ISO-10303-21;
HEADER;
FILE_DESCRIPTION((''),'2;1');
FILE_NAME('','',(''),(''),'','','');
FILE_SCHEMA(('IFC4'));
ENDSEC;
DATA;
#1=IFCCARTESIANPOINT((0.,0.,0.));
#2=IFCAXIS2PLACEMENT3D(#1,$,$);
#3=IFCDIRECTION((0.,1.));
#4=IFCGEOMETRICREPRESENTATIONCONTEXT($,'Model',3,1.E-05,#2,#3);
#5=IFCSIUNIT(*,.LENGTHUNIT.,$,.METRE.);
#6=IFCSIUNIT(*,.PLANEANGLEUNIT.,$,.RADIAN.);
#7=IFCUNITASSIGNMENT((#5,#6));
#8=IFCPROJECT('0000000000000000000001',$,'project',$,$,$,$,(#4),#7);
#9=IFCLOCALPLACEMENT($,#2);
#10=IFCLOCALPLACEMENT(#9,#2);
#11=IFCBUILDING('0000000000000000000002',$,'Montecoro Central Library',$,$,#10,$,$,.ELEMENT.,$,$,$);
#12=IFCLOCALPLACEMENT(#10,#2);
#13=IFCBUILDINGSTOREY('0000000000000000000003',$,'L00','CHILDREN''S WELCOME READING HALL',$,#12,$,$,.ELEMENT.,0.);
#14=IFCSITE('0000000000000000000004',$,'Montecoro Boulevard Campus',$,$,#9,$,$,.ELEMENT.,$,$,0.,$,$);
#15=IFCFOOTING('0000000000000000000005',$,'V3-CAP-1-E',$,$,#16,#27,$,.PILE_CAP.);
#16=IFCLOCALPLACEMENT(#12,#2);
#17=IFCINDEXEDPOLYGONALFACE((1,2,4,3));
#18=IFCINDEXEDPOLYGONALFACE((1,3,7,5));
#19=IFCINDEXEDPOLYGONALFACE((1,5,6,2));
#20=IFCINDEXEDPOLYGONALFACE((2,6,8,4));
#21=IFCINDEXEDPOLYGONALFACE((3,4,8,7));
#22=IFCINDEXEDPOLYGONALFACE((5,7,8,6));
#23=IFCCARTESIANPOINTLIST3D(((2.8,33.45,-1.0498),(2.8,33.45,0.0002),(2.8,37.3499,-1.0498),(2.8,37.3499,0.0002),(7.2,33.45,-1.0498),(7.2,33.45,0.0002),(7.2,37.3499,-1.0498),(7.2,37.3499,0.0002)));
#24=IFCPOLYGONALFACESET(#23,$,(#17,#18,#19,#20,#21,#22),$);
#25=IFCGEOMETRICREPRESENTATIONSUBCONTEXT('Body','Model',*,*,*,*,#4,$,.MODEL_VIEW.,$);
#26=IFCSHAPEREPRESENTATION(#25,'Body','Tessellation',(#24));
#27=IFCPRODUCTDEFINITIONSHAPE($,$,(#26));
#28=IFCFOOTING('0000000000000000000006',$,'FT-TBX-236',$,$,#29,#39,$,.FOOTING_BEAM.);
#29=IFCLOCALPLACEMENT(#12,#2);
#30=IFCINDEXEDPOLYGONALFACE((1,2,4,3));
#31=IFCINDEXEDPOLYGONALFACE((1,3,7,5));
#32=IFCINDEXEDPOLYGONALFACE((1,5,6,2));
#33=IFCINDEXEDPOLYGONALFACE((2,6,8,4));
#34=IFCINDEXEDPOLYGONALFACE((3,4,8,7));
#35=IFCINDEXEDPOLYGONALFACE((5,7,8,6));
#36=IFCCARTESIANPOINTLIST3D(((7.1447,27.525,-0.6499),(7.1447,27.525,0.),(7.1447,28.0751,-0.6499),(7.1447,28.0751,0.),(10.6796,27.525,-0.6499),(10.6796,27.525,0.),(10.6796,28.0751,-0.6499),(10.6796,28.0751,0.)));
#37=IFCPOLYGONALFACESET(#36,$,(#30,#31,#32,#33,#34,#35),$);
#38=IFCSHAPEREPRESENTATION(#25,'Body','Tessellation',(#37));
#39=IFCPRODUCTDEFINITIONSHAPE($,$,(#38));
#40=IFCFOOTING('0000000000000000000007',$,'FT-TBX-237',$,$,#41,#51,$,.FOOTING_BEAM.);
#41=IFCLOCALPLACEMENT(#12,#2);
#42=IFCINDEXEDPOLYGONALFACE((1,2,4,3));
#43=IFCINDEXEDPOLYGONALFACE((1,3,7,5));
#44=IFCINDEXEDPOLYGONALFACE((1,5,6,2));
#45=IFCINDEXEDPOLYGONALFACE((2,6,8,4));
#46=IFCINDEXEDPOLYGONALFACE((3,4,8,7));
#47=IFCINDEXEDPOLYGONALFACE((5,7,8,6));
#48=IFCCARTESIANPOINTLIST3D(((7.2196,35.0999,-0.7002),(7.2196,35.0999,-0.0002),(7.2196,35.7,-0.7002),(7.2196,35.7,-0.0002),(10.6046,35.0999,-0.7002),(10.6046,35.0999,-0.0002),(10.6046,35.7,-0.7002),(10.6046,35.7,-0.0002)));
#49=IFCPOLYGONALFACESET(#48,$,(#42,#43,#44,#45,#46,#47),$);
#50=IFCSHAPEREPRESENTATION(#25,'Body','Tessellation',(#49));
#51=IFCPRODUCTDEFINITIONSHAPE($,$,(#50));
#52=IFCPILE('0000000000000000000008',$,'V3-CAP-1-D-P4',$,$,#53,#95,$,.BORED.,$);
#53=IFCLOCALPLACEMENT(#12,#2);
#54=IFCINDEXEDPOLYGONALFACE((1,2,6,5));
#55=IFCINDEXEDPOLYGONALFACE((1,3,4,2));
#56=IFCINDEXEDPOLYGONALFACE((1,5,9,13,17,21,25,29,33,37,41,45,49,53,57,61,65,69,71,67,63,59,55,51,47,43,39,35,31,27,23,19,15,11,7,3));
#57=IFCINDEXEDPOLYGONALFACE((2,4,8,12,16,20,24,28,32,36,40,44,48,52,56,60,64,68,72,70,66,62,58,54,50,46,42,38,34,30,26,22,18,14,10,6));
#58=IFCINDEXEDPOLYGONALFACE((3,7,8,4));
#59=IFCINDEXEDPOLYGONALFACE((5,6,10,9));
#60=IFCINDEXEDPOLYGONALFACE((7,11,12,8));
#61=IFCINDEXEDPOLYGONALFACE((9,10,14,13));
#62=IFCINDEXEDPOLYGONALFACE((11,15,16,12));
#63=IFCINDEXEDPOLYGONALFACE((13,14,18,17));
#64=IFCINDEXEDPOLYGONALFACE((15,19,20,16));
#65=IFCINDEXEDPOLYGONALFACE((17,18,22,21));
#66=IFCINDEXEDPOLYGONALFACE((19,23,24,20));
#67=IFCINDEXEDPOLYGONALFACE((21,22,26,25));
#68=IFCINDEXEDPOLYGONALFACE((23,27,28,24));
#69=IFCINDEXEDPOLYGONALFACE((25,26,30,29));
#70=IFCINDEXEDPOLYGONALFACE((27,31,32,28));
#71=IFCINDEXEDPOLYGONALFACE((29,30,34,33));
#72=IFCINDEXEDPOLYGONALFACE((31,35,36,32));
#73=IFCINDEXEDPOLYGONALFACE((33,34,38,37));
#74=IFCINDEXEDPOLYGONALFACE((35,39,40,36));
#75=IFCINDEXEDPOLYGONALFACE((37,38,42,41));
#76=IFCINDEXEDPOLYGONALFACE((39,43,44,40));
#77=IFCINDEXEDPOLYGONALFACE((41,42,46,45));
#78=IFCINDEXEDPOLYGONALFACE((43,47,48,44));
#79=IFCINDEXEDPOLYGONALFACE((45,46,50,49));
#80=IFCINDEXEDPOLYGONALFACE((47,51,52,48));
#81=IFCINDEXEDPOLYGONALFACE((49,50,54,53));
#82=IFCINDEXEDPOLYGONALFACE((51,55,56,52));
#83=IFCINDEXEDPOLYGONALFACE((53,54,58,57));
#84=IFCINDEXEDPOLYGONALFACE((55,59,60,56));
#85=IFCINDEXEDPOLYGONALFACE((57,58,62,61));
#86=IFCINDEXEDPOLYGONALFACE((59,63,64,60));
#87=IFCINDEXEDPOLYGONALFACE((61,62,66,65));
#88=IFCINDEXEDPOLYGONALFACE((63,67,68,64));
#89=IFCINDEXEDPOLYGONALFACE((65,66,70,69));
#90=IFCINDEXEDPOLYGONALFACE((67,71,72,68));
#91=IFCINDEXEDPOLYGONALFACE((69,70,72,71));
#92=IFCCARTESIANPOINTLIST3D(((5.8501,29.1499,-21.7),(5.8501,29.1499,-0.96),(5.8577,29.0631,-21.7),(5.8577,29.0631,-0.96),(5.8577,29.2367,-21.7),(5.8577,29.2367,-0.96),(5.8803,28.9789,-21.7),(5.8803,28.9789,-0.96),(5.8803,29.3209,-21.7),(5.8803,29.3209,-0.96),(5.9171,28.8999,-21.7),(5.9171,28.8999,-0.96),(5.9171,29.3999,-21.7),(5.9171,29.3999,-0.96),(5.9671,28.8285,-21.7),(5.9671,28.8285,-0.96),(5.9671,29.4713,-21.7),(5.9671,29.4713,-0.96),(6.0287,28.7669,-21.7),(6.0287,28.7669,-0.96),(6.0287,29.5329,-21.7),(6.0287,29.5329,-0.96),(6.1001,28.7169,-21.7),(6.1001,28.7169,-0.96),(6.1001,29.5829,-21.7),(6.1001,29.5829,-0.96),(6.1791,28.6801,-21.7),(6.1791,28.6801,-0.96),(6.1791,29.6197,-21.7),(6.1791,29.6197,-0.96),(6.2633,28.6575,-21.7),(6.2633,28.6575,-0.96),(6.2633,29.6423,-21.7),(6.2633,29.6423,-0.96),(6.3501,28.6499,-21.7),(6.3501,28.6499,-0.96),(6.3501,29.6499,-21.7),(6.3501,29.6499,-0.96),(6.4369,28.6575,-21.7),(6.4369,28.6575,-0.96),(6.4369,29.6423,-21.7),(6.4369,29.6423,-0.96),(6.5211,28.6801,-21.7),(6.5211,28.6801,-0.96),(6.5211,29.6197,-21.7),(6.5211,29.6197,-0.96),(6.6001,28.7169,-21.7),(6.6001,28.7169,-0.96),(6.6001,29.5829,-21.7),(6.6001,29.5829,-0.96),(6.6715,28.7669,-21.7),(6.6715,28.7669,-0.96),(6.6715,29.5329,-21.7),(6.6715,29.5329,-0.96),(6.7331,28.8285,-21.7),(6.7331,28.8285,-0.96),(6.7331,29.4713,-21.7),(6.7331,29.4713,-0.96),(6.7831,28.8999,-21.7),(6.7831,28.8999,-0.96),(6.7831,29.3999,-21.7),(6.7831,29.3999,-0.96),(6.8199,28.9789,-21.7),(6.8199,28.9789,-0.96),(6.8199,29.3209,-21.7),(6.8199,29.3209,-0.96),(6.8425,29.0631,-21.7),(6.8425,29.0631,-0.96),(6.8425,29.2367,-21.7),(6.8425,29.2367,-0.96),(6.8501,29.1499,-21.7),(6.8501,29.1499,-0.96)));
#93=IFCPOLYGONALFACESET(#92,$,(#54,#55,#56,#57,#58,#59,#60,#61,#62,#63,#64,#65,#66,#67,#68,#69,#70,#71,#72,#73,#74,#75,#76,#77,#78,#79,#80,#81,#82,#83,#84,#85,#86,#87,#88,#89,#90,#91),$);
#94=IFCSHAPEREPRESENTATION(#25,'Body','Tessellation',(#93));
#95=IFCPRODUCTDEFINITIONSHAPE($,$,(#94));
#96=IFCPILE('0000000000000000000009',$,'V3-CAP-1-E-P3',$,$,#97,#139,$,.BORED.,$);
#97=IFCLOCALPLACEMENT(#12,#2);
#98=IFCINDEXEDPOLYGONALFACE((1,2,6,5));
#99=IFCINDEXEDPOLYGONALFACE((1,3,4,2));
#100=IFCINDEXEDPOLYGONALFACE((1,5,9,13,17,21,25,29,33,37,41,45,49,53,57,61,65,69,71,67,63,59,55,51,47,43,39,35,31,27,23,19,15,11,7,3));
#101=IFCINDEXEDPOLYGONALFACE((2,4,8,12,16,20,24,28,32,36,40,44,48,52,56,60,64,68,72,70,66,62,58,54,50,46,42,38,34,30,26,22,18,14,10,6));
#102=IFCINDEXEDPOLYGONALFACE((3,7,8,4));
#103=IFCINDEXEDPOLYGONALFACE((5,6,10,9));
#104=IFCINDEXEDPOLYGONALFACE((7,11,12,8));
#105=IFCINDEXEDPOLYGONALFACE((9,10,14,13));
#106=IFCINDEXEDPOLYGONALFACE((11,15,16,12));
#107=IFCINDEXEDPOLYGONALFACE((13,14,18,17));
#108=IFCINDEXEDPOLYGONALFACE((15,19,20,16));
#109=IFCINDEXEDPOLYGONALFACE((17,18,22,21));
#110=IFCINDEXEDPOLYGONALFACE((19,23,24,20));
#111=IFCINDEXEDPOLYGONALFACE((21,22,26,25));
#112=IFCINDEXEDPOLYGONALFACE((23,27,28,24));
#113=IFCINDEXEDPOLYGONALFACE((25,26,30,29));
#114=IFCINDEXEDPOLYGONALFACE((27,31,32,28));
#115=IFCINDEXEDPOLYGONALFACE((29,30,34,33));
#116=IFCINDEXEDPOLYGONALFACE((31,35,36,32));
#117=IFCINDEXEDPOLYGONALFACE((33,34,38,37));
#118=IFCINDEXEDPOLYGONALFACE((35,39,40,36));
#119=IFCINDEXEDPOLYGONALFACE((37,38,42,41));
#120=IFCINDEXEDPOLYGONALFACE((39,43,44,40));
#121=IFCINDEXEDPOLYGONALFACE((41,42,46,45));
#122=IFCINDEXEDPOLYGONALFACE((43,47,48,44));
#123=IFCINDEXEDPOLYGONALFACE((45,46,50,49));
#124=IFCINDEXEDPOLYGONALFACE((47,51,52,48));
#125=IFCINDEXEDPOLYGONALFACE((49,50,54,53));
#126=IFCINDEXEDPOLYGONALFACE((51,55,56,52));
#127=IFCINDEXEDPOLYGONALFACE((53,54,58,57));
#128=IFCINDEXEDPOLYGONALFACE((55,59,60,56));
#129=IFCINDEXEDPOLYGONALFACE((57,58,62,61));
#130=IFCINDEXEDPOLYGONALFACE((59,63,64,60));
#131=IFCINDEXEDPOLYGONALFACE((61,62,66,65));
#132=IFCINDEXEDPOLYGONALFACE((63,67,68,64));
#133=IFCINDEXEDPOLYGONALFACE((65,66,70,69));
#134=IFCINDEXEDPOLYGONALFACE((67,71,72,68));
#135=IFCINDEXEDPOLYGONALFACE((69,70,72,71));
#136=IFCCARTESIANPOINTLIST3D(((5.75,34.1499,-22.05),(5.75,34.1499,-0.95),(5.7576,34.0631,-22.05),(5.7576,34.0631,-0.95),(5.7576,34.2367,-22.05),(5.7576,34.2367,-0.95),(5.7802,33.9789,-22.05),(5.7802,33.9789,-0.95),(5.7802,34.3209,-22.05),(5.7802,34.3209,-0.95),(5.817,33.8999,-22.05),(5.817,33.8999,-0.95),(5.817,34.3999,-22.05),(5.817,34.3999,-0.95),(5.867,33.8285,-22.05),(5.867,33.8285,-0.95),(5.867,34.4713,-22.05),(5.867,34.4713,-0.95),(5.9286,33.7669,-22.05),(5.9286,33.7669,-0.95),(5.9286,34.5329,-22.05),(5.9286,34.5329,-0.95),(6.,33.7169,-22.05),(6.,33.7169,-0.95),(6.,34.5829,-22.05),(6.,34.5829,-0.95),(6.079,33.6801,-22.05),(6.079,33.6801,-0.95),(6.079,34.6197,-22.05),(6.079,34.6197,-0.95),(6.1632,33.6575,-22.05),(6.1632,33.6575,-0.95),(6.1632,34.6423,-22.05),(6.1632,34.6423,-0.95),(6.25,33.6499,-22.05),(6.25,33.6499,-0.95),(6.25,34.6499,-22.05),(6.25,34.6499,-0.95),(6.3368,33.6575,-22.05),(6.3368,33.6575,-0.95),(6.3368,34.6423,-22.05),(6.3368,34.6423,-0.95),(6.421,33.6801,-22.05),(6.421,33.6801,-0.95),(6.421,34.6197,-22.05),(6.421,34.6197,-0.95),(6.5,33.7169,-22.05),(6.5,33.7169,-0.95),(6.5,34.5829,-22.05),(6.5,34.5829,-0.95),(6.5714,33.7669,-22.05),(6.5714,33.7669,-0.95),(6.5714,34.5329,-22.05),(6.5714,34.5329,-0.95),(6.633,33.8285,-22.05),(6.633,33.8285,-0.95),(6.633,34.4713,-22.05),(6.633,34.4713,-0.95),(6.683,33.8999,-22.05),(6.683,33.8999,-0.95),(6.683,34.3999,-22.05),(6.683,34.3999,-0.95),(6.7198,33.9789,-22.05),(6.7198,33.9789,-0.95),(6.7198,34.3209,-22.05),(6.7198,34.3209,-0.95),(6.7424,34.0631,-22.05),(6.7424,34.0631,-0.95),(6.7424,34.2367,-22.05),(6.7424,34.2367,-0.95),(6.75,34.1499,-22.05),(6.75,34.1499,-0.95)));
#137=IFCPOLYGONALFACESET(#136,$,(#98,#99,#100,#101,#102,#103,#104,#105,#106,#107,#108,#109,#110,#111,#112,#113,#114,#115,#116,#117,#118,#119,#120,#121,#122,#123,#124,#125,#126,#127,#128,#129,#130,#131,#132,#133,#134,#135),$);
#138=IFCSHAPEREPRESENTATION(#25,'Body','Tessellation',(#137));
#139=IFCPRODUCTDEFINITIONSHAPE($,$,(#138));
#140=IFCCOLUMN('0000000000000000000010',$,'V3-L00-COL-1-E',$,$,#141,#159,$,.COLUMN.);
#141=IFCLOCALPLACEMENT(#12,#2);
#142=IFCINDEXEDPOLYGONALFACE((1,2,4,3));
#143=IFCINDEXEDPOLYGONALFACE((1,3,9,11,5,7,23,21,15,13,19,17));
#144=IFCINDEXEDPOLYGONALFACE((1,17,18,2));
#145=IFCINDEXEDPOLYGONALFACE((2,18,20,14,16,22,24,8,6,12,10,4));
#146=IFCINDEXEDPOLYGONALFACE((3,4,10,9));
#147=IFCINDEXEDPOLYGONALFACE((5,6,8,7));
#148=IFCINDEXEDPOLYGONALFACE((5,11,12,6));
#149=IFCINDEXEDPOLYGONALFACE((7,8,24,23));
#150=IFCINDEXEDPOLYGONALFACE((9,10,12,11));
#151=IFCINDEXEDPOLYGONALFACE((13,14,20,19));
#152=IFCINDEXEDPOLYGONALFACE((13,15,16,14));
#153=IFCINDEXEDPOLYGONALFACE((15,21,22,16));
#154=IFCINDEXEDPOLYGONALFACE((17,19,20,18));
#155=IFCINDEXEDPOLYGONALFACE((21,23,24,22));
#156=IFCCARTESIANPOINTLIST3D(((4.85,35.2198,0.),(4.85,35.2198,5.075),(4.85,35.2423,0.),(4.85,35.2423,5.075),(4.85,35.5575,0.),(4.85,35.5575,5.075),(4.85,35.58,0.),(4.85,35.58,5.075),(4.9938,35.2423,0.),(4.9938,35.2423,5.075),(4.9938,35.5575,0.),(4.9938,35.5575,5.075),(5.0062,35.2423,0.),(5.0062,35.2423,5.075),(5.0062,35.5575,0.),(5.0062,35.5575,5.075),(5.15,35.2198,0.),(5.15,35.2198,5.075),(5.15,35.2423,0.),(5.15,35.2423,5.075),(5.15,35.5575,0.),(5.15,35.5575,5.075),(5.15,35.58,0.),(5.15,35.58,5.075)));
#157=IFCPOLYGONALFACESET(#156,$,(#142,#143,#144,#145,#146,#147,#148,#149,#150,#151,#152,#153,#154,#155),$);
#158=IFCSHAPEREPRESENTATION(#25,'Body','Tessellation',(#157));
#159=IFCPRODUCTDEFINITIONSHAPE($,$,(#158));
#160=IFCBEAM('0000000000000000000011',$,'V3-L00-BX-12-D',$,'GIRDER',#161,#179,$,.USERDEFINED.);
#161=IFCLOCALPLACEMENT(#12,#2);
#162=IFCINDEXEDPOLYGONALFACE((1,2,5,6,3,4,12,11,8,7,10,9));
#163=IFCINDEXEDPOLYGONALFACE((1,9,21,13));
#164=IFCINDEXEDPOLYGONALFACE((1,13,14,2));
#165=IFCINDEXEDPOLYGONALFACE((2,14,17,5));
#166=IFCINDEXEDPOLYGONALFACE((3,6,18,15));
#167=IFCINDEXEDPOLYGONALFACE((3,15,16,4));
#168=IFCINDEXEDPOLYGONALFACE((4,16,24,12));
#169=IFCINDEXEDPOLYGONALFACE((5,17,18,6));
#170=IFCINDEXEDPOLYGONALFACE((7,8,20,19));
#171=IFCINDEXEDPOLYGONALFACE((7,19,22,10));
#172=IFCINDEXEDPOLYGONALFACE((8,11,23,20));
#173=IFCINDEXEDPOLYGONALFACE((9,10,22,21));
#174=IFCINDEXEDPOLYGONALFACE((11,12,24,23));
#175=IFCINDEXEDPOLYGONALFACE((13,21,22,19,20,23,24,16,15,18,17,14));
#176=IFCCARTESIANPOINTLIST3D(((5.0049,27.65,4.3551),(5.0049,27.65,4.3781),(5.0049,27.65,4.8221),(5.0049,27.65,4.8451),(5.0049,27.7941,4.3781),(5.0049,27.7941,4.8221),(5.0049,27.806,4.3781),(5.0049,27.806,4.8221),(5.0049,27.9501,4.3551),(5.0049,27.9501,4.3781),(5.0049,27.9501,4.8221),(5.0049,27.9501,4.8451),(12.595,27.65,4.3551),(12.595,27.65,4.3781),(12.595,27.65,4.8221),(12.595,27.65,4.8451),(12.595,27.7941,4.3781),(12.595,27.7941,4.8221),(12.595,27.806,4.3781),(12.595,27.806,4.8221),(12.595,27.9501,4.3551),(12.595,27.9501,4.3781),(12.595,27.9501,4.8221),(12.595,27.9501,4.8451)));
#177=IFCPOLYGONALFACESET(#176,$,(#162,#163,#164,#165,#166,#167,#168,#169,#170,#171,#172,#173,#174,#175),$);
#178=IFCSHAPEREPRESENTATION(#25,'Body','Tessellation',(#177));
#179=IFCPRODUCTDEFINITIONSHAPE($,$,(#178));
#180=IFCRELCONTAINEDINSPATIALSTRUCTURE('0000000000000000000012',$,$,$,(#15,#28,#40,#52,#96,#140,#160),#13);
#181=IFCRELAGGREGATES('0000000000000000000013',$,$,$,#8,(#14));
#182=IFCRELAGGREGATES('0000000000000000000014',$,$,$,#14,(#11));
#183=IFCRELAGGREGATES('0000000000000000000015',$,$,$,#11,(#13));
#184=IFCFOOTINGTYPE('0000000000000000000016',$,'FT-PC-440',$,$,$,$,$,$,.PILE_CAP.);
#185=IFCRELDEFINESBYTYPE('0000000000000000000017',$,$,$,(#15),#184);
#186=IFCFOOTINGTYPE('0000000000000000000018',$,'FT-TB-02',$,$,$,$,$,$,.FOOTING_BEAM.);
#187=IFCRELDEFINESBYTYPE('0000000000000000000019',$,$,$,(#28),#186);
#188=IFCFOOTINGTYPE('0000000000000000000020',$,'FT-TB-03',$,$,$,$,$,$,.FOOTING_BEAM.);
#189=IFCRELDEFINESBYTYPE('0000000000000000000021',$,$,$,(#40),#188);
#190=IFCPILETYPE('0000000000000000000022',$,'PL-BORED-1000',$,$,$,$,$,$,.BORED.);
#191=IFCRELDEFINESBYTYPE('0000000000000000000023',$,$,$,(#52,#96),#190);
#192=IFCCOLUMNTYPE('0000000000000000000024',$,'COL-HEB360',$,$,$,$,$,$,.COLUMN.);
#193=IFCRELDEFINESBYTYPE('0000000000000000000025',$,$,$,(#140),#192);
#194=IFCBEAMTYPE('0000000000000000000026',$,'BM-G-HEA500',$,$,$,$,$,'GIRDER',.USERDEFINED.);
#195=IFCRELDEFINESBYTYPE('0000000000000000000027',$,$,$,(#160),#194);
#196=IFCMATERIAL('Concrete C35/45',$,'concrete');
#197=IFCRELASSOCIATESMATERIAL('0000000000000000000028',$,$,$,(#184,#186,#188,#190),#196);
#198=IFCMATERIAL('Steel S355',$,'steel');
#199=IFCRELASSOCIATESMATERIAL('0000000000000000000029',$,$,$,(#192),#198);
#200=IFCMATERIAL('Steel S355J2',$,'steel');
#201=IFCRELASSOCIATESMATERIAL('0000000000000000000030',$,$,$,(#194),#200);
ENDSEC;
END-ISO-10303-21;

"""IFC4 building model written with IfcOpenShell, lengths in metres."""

from ifc_helpers import new_model, si_unit, direction, frame, origin, origin_2d, place, context, subcontext, project, spatial, rectangle, circle, i_section, extrude, material, material_profile, profile_set, type_object, element, save


model = new_model("IFC4")

# Units and contexts
model_context = context("Model", 3, precision=1e-05, world=origin(), true_north=direction((0.0, 1.0)))
body_context = subcontext(model_context, "Body", "Model", "MODEL_VIEW")
ifc_project = project(units=[si_unit("LENGTHUNIT", "METRE"), si_unit("PLANEANGLEUNIT", "RADIAN")], contexts=[model_context])

# Site, building, storey
site_placement = place(None, origin())
site = spatial("IfcSite", under=ifc_project, at=site_placement, Name="Montecoro Boulevard Campus", CompositionType="ELEMENT", RefElevation=0.0)
building_placement = place(site_placement, origin())
building = spatial("IfcBuilding", under=site, at=building_placement, Name="Montecoro Central Library", CompositionType="ELEMENT")
storey_placement = place(building_placement, origin())
storey = spatial("IfcBuildingStorey", under=building, at=storey_placement, Name="L00", Description="CHILDREN'S WELCOME READING HALL", CompositionType="ELEMENT", Elevation=0.0)

# Footings
ifc_material_1 = material(Name="Concrete C35/45", Category="concrete")
footing_type_1 = type_object("IfcFootingType", Name="FT-PC-440", PredefinedType="PILE_CAP", material=ifc_material_1)
footing_1_placement = place(storey_placement, frame((5.0, 35.3999, -1.0498), z_axis=(0.0, 0.0, 1.0), x_axis=(1.0, 0.0, 0.0)))
element("IfcFooting", 1, at=footing_1_placement, inside=storey, type_object=footing_type_1, Name="V3-CAP-1-E", PredefinedType="PILE_CAP", context=body_context, shape_type="SweptSolid", body=[
    extrude(rectangle(XDim=4.3999, YDim=3.8999, at=origin_2d()), origin(), (0.0, 0.0, 1.0), 1.05),
])
footing_type_2 = type_object("IfcFootingType", Name="FT-TB-02", PredefinedType="FOOTING_BEAM", material=ifc_material_1)
footing_2_placement = place(storey_placement, frame((8.9121, 27.8, -0.6499), z_axis=(0.0, 0.0, 1.0), x_axis=(1.0, 0.0, 0.0)))
element("IfcFooting", 2, at=footing_2_placement, inside=storey, type_object=footing_type_2, Name="FT-TBX-236", PredefinedType="FOOTING_BEAM", context=body_context, shape_type="SweptSolid", body=[
    extrude(rectangle(XDim=3.5349, YDim=0.55, at=origin_2d()), origin(), (0.0, 0.0, 1.0), 0.6499),
])
footing_type_3 = type_object("IfcFootingType", Name="FT-TB-03", PredefinedType="FOOTING_BEAM", material=ifc_material_1)
footing_3_placement = place(storey_placement, frame((8.9121, 35.3999, -0.7002), z_axis=(0.0, 0.0, 1.0), x_axis=(1.0, 0.0, 0.0)))
element("IfcFooting", 3, at=footing_3_placement, inside=storey, type_object=footing_type_3, Name="FT-TBX-237", PredefinedType="FOOTING_BEAM", context=body_context, shape_type="SweptSolid", body=[
    extrude(rectangle(XDim=3.385, YDim=0.6001, at=origin_2d()), origin(), (0.0, 0.0, 1.0), 0.7),
])

# Piles
ifc_material_profile_1 = material_profile(ifc_material_1, circle(Radius=0.5, at=origin_2d()), Name="PILE D1000")
ifc_profile_set_1 = profile_set([ifc_material_profile_1], Name="Concrete C35/45")
pile_type = type_object("IfcPileType", Name="PL-BORED-1000", PredefinedType="BORED", material=ifc_profile_set_1)
pile_1_placement = place(storey_placement, frame((6.3501, 29.1499, -0.96), z_axis=(0.0, 0.0, -1.0), x_axis=(1.0, 0.0, 0.0)))
element("IfcPile", 4, at=pile_1_placement, inside=storey, type_object=pile_type, Name="V3-CAP-1-D-P4", PredefinedType="BORED", context=body_context, shape_type="SweptSolid", body=[
    extrude(circle(Radius=0.5, at=origin_2d()), origin(), (0.0, 0.0, 1.0), 20.74),
])
pile_2_placement = place(storey_placement, frame((6.25, 34.1499, -0.95), z_axis=(0.0, 0.0, -1.0), x_axis=(1.0, 0.0, 0.0)))
element("IfcPile", 5, at=pile_2_placement, inside=storey, type_object=pile_type, Name="V3-CAP-1-E-P3", PredefinedType="BORED", context=body_context, shape_type="SweptSolid", body=[
    extrude(circle(Radius=0.5, at=origin_2d()), origin(), (0.0, 0.0, 1.0), 21.1001),
])

# Column
ifc_material_2 = material(Name="Steel S355", Category="steel")
ifc_material_profile_2 = material_profile(ifc_material_2, i_section(OverallWidth=0.3, OverallDepth=0.3601, WebThickness=0.0125, FlangeThickness=0.0225, at=origin_2d()), Name="HEB 360")
ifc_profile_set_2 = profile_set([ifc_material_profile_2], Name="Steel S355")
column_type = type_object("IfcColumnType", Name="COL-HEB360", PredefinedType="COLUMN", material=ifc_profile_set_2)
column_placement = place(storey_placement, frame((5.0, 35.3999, 0.0), z_axis=(0.0, 0.0, 1.0), x_axis=(1.0, 0.0, 0.0)))
element("IfcColumn", 6, at=column_placement, inside=storey, type_object=column_type, Name="V3-L00-COL-1-E", PredefinedType="COLUMN", context=body_context, shape_type="SweptSolid", body=[
    extrude(i_section(OverallWidth=0.3, OverallDepth=0.3601, WebThickness=0.0125, FlangeThickness=0.0225, at=origin_2d()), origin(), (0.0, 0.0, 1.0), 5.075),
])

# Beam
ifc_material_3 = material(Name="Steel S355J2", Category="steel")
ifc_material_profile_3 = material_profile(ifc_material_3, i_section(OverallWidth=0.3, OverallDepth=0.49, WebThickness=0.012, FlangeThickness=0.0229, at=origin_2d()), Name="HEA 500")
ifc_profile_set_3 = profile_set([ifc_material_profile_3], Name="Steel S355J2")
beam_type_1 = type_object("IfcBeamType", Name="BM-G-HEA500", ElementType="GIRDER", PredefinedType="USERDEFINED", material=ifc_profile_set_3)
beam_1_placement = place(storey_placement, frame((5.0049, 27.8, 4.6001), z_axis=(1.0, 0.0, 0.0), x_axis=(0.0, 1.0, 0.0)))
element("IfcBeam", 7, at=beam_1_placement, inside=storey, type_object=beam_type_1, Name="V3-L00-BX-12-D", ObjectType="GIRDER", PredefinedType="USERDEFINED", context=body_context, shape_type="SweptSolid", body=[
    extrude(i_section(OverallWidth=0.3, OverallDepth=0.49, WebThickness=0.012, FlangeThickness=0.0229, at=origin_2d()), origin(), (0.0, 0.0, 1.0), 7.5901),
])

save(model, "model.ifc")
